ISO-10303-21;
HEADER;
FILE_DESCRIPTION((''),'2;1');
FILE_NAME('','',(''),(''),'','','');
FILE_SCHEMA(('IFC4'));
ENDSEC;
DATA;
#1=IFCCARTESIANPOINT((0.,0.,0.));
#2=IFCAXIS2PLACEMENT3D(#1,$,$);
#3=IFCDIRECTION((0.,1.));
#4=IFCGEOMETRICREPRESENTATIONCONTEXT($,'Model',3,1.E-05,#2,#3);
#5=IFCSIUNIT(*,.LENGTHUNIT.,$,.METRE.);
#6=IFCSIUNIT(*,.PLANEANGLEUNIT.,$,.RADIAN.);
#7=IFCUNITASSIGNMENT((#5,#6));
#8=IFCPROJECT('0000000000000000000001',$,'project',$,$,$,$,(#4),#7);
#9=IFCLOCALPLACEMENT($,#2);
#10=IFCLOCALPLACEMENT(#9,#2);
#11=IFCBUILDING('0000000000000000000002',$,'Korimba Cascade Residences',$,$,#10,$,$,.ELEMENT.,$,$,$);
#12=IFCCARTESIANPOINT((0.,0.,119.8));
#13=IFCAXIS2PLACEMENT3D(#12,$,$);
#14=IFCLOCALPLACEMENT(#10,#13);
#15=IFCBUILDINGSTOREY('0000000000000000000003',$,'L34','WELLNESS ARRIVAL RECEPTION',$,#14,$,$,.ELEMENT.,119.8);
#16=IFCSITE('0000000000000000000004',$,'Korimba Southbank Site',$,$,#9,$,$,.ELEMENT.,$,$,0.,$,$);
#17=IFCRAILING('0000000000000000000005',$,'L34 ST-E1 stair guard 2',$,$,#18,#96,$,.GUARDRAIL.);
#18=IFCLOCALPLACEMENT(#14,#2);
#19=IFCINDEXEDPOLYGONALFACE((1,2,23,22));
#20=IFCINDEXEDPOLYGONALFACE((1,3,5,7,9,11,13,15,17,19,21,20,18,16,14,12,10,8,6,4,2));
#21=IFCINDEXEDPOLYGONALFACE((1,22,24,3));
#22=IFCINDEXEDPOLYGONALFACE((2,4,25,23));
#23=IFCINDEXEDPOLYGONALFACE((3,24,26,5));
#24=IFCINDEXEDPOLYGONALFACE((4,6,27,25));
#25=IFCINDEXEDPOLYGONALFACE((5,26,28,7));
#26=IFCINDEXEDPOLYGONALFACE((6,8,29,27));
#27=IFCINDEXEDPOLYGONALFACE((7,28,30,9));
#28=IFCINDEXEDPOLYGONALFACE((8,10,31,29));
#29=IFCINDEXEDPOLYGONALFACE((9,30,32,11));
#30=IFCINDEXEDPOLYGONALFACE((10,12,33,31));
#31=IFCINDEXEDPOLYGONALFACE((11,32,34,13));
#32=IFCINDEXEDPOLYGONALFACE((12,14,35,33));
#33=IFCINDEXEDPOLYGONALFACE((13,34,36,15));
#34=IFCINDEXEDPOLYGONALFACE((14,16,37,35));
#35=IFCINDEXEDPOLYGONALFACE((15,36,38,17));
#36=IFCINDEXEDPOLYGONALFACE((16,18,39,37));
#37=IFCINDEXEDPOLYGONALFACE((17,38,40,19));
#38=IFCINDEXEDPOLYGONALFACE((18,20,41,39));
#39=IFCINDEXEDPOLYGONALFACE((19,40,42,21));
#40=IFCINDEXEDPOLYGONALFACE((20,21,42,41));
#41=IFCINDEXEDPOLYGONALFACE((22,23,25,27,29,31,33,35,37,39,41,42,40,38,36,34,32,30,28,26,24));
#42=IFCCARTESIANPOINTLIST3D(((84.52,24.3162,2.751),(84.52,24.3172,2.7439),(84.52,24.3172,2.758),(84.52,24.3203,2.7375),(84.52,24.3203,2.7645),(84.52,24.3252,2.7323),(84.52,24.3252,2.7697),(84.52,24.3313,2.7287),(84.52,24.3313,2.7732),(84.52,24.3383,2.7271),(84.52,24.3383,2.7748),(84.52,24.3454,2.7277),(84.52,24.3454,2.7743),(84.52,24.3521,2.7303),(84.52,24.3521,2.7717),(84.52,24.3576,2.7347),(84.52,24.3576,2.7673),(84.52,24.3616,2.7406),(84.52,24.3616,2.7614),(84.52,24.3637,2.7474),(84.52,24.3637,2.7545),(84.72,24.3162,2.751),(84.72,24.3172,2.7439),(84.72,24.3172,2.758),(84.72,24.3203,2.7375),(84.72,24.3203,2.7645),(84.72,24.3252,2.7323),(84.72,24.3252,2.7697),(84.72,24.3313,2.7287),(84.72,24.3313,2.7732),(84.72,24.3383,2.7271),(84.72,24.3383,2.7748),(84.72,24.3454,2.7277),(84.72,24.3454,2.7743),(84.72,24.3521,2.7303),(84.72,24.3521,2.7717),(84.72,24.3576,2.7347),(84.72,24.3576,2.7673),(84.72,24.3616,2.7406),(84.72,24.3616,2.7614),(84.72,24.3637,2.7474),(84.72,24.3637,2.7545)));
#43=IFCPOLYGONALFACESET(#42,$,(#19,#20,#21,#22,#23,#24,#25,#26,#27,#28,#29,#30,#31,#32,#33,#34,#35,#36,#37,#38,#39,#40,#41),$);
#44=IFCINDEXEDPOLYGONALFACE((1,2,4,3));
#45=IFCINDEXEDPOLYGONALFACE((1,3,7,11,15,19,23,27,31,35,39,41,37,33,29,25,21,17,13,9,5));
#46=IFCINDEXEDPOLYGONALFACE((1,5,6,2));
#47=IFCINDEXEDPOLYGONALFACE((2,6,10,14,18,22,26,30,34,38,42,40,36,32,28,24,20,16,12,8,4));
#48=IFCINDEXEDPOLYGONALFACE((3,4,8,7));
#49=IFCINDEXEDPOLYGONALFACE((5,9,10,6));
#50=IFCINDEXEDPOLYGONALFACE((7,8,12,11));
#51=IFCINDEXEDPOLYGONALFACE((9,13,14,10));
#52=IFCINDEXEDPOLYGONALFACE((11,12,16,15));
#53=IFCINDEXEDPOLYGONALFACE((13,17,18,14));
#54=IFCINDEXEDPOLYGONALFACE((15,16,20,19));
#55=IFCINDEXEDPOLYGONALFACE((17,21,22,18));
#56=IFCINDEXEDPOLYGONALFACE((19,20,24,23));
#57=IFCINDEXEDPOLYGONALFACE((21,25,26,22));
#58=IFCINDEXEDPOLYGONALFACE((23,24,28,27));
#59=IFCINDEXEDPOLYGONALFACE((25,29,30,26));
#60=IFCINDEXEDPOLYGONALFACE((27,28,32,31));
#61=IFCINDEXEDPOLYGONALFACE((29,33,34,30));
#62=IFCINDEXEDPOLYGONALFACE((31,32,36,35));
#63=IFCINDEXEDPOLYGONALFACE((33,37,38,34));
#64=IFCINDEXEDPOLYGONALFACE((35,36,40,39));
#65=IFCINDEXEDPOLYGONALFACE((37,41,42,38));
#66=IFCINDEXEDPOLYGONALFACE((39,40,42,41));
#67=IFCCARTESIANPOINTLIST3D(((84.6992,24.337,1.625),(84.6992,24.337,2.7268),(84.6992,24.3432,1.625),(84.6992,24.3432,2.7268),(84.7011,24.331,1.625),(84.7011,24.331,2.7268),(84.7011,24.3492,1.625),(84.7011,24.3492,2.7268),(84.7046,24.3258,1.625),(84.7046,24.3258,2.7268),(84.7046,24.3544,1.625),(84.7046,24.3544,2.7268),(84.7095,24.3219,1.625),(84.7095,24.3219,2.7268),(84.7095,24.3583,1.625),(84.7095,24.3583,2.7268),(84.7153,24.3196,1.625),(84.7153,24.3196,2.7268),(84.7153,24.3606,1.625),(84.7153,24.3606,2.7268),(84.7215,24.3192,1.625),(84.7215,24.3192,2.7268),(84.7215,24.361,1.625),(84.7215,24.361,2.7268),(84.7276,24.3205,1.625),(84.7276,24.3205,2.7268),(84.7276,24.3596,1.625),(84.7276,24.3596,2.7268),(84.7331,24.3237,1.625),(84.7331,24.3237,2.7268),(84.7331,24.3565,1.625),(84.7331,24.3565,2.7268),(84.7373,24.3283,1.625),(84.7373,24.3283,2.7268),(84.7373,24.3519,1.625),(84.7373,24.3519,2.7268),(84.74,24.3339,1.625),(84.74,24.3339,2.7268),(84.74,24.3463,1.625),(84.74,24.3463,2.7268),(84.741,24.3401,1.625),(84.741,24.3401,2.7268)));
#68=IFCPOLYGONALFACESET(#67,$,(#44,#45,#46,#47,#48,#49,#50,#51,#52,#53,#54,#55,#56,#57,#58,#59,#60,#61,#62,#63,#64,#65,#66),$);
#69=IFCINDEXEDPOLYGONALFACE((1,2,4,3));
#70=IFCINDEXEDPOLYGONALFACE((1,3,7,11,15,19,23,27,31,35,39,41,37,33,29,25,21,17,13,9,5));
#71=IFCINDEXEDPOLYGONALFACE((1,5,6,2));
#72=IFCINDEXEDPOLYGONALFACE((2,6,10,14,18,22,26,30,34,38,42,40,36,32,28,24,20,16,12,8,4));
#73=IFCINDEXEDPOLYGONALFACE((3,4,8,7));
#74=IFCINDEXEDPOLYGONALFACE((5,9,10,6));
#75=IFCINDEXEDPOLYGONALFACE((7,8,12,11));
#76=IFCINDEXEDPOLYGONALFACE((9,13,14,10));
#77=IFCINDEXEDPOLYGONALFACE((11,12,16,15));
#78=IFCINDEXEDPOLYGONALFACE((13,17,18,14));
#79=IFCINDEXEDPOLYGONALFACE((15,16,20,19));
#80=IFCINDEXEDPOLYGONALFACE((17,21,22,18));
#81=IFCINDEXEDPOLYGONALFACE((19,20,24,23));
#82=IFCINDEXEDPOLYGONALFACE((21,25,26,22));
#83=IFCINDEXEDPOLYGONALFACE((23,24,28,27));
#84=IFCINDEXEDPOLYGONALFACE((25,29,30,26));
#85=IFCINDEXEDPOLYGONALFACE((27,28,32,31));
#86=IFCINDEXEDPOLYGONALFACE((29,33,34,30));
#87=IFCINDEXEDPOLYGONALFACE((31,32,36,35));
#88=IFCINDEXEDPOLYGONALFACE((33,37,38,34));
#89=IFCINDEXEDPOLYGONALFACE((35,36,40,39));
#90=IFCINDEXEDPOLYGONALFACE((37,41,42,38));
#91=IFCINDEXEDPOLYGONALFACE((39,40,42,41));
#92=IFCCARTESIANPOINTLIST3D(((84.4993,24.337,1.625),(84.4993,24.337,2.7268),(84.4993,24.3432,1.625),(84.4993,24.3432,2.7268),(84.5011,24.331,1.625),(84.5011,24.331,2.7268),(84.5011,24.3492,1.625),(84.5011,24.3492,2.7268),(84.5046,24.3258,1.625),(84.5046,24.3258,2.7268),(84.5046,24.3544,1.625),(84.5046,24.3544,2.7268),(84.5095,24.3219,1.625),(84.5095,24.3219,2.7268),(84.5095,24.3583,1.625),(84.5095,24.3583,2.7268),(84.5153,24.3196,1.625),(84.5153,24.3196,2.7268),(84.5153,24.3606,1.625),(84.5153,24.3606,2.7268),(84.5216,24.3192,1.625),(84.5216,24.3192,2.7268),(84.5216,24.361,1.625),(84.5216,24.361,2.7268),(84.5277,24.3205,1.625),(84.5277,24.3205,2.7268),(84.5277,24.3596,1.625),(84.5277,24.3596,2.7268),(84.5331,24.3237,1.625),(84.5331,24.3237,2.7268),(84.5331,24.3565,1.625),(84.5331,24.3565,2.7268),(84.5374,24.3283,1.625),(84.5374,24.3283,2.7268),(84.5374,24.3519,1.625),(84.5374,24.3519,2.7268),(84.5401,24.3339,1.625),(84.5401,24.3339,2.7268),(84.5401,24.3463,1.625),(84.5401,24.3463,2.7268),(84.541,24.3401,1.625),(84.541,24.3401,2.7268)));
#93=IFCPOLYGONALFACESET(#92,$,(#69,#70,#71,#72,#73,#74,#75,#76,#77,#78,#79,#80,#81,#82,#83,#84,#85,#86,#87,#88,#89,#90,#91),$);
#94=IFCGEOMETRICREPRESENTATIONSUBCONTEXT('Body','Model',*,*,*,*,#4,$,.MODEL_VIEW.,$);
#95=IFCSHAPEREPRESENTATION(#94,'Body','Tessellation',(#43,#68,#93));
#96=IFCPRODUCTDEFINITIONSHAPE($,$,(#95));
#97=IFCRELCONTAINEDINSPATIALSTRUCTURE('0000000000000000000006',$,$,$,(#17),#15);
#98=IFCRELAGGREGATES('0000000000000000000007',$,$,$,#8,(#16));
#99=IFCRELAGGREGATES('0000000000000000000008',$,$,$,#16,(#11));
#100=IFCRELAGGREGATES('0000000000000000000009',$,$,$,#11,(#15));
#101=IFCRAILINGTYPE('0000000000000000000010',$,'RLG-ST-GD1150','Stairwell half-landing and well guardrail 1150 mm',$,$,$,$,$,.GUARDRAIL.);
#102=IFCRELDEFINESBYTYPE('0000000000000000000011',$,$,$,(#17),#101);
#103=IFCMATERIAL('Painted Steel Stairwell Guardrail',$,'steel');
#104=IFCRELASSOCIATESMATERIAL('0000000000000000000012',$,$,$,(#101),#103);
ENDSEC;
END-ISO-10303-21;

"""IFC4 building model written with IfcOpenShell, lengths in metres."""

from ifc_helpers import new_model, si_unit, direction, frame, origin, origin_2d, place, context, subcontext, project, spatial, circle, extrude, material, type_object, element, save


model = new_model("IFC4")

# Units and contexts
model_context = context("Model", 3, precision=1e-05, world=origin(), true_north=direction((0.0, 1.0)))
body_context = subcontext(model_context, "Body", "Model", "MODEL_VIEW")
ifc_project = project(units=[si_unit("LENGTHUNIT", "METRE"), si_unit("PLANEANGLEUNIT", "RADIAN")], contexts=[model_context])

# Site, building, storey
site_placement = place(None, origin())
site = spatial("IfcSite", under=ifc_project, at=site_placement, Name="Korimba Southbank Site", CompositionType="ELEMENT", RefElevation=0.0)
building_placement = place(site_placement, origin())
building = spatial("IfcBuilding", under=site, at=building_placement, Name="Korimba Cascade Residences", CompositionType="ELEMENT")
storey_placement = place(building_placement, frame((0.0, 0.0, 119.8)))
storey = spatial("IfcBuildingStorey", under=building, at=storey_placement, Name="L34", Description="WELLNESS ARRIVAL RECEPTION", CompositionType="ELEMENT", Elevation=119.8)

# Railing
ifc_material_1 = material(Name="Painted Steel Stairwell Guardrail", Category="steel")
railing_type_1 = type_object("IfcRailingType", Name="RLG-ST-GD1150", Description="Stairwell half-landing and well guardrail 1150 mm", PredefinedType="GUARDRAIL", material=ifc_material_1)
railing_1_placement = place(storey_placement, frame((84.72, 24.3401, 1.625)))
element("IfcRailing", 1, at=railing_1_placement, inside=storey, type_object=railing_type_1, Name="L34 ST-E1 stair guard 2", PredefinedType="GUARDRAIL", context=body_context, shape_type="SweptSolid", body=[
    extrude(circle(Radius=0.0239, at=origin_2d()), frame((0.0, 0.0, 1.126), z_axis=(-1.0, 0.0, 0.0), x_axis=(0.0, -1.0, 0.0)), (0.0, 0.0, 1.0), 0.2),
    extrude(circle(Radius=0.021, at=origin_2d()), origin(), (0.0, 0.0, 1.0), 1.1018),
    extrude(circle(Radius=0.021, at=origin_2d()), frame((-0.2, 0.0, 0.0)), (0.0, 0.0, 1.0), 1.1018),
])

save(model, "model.ifc")
